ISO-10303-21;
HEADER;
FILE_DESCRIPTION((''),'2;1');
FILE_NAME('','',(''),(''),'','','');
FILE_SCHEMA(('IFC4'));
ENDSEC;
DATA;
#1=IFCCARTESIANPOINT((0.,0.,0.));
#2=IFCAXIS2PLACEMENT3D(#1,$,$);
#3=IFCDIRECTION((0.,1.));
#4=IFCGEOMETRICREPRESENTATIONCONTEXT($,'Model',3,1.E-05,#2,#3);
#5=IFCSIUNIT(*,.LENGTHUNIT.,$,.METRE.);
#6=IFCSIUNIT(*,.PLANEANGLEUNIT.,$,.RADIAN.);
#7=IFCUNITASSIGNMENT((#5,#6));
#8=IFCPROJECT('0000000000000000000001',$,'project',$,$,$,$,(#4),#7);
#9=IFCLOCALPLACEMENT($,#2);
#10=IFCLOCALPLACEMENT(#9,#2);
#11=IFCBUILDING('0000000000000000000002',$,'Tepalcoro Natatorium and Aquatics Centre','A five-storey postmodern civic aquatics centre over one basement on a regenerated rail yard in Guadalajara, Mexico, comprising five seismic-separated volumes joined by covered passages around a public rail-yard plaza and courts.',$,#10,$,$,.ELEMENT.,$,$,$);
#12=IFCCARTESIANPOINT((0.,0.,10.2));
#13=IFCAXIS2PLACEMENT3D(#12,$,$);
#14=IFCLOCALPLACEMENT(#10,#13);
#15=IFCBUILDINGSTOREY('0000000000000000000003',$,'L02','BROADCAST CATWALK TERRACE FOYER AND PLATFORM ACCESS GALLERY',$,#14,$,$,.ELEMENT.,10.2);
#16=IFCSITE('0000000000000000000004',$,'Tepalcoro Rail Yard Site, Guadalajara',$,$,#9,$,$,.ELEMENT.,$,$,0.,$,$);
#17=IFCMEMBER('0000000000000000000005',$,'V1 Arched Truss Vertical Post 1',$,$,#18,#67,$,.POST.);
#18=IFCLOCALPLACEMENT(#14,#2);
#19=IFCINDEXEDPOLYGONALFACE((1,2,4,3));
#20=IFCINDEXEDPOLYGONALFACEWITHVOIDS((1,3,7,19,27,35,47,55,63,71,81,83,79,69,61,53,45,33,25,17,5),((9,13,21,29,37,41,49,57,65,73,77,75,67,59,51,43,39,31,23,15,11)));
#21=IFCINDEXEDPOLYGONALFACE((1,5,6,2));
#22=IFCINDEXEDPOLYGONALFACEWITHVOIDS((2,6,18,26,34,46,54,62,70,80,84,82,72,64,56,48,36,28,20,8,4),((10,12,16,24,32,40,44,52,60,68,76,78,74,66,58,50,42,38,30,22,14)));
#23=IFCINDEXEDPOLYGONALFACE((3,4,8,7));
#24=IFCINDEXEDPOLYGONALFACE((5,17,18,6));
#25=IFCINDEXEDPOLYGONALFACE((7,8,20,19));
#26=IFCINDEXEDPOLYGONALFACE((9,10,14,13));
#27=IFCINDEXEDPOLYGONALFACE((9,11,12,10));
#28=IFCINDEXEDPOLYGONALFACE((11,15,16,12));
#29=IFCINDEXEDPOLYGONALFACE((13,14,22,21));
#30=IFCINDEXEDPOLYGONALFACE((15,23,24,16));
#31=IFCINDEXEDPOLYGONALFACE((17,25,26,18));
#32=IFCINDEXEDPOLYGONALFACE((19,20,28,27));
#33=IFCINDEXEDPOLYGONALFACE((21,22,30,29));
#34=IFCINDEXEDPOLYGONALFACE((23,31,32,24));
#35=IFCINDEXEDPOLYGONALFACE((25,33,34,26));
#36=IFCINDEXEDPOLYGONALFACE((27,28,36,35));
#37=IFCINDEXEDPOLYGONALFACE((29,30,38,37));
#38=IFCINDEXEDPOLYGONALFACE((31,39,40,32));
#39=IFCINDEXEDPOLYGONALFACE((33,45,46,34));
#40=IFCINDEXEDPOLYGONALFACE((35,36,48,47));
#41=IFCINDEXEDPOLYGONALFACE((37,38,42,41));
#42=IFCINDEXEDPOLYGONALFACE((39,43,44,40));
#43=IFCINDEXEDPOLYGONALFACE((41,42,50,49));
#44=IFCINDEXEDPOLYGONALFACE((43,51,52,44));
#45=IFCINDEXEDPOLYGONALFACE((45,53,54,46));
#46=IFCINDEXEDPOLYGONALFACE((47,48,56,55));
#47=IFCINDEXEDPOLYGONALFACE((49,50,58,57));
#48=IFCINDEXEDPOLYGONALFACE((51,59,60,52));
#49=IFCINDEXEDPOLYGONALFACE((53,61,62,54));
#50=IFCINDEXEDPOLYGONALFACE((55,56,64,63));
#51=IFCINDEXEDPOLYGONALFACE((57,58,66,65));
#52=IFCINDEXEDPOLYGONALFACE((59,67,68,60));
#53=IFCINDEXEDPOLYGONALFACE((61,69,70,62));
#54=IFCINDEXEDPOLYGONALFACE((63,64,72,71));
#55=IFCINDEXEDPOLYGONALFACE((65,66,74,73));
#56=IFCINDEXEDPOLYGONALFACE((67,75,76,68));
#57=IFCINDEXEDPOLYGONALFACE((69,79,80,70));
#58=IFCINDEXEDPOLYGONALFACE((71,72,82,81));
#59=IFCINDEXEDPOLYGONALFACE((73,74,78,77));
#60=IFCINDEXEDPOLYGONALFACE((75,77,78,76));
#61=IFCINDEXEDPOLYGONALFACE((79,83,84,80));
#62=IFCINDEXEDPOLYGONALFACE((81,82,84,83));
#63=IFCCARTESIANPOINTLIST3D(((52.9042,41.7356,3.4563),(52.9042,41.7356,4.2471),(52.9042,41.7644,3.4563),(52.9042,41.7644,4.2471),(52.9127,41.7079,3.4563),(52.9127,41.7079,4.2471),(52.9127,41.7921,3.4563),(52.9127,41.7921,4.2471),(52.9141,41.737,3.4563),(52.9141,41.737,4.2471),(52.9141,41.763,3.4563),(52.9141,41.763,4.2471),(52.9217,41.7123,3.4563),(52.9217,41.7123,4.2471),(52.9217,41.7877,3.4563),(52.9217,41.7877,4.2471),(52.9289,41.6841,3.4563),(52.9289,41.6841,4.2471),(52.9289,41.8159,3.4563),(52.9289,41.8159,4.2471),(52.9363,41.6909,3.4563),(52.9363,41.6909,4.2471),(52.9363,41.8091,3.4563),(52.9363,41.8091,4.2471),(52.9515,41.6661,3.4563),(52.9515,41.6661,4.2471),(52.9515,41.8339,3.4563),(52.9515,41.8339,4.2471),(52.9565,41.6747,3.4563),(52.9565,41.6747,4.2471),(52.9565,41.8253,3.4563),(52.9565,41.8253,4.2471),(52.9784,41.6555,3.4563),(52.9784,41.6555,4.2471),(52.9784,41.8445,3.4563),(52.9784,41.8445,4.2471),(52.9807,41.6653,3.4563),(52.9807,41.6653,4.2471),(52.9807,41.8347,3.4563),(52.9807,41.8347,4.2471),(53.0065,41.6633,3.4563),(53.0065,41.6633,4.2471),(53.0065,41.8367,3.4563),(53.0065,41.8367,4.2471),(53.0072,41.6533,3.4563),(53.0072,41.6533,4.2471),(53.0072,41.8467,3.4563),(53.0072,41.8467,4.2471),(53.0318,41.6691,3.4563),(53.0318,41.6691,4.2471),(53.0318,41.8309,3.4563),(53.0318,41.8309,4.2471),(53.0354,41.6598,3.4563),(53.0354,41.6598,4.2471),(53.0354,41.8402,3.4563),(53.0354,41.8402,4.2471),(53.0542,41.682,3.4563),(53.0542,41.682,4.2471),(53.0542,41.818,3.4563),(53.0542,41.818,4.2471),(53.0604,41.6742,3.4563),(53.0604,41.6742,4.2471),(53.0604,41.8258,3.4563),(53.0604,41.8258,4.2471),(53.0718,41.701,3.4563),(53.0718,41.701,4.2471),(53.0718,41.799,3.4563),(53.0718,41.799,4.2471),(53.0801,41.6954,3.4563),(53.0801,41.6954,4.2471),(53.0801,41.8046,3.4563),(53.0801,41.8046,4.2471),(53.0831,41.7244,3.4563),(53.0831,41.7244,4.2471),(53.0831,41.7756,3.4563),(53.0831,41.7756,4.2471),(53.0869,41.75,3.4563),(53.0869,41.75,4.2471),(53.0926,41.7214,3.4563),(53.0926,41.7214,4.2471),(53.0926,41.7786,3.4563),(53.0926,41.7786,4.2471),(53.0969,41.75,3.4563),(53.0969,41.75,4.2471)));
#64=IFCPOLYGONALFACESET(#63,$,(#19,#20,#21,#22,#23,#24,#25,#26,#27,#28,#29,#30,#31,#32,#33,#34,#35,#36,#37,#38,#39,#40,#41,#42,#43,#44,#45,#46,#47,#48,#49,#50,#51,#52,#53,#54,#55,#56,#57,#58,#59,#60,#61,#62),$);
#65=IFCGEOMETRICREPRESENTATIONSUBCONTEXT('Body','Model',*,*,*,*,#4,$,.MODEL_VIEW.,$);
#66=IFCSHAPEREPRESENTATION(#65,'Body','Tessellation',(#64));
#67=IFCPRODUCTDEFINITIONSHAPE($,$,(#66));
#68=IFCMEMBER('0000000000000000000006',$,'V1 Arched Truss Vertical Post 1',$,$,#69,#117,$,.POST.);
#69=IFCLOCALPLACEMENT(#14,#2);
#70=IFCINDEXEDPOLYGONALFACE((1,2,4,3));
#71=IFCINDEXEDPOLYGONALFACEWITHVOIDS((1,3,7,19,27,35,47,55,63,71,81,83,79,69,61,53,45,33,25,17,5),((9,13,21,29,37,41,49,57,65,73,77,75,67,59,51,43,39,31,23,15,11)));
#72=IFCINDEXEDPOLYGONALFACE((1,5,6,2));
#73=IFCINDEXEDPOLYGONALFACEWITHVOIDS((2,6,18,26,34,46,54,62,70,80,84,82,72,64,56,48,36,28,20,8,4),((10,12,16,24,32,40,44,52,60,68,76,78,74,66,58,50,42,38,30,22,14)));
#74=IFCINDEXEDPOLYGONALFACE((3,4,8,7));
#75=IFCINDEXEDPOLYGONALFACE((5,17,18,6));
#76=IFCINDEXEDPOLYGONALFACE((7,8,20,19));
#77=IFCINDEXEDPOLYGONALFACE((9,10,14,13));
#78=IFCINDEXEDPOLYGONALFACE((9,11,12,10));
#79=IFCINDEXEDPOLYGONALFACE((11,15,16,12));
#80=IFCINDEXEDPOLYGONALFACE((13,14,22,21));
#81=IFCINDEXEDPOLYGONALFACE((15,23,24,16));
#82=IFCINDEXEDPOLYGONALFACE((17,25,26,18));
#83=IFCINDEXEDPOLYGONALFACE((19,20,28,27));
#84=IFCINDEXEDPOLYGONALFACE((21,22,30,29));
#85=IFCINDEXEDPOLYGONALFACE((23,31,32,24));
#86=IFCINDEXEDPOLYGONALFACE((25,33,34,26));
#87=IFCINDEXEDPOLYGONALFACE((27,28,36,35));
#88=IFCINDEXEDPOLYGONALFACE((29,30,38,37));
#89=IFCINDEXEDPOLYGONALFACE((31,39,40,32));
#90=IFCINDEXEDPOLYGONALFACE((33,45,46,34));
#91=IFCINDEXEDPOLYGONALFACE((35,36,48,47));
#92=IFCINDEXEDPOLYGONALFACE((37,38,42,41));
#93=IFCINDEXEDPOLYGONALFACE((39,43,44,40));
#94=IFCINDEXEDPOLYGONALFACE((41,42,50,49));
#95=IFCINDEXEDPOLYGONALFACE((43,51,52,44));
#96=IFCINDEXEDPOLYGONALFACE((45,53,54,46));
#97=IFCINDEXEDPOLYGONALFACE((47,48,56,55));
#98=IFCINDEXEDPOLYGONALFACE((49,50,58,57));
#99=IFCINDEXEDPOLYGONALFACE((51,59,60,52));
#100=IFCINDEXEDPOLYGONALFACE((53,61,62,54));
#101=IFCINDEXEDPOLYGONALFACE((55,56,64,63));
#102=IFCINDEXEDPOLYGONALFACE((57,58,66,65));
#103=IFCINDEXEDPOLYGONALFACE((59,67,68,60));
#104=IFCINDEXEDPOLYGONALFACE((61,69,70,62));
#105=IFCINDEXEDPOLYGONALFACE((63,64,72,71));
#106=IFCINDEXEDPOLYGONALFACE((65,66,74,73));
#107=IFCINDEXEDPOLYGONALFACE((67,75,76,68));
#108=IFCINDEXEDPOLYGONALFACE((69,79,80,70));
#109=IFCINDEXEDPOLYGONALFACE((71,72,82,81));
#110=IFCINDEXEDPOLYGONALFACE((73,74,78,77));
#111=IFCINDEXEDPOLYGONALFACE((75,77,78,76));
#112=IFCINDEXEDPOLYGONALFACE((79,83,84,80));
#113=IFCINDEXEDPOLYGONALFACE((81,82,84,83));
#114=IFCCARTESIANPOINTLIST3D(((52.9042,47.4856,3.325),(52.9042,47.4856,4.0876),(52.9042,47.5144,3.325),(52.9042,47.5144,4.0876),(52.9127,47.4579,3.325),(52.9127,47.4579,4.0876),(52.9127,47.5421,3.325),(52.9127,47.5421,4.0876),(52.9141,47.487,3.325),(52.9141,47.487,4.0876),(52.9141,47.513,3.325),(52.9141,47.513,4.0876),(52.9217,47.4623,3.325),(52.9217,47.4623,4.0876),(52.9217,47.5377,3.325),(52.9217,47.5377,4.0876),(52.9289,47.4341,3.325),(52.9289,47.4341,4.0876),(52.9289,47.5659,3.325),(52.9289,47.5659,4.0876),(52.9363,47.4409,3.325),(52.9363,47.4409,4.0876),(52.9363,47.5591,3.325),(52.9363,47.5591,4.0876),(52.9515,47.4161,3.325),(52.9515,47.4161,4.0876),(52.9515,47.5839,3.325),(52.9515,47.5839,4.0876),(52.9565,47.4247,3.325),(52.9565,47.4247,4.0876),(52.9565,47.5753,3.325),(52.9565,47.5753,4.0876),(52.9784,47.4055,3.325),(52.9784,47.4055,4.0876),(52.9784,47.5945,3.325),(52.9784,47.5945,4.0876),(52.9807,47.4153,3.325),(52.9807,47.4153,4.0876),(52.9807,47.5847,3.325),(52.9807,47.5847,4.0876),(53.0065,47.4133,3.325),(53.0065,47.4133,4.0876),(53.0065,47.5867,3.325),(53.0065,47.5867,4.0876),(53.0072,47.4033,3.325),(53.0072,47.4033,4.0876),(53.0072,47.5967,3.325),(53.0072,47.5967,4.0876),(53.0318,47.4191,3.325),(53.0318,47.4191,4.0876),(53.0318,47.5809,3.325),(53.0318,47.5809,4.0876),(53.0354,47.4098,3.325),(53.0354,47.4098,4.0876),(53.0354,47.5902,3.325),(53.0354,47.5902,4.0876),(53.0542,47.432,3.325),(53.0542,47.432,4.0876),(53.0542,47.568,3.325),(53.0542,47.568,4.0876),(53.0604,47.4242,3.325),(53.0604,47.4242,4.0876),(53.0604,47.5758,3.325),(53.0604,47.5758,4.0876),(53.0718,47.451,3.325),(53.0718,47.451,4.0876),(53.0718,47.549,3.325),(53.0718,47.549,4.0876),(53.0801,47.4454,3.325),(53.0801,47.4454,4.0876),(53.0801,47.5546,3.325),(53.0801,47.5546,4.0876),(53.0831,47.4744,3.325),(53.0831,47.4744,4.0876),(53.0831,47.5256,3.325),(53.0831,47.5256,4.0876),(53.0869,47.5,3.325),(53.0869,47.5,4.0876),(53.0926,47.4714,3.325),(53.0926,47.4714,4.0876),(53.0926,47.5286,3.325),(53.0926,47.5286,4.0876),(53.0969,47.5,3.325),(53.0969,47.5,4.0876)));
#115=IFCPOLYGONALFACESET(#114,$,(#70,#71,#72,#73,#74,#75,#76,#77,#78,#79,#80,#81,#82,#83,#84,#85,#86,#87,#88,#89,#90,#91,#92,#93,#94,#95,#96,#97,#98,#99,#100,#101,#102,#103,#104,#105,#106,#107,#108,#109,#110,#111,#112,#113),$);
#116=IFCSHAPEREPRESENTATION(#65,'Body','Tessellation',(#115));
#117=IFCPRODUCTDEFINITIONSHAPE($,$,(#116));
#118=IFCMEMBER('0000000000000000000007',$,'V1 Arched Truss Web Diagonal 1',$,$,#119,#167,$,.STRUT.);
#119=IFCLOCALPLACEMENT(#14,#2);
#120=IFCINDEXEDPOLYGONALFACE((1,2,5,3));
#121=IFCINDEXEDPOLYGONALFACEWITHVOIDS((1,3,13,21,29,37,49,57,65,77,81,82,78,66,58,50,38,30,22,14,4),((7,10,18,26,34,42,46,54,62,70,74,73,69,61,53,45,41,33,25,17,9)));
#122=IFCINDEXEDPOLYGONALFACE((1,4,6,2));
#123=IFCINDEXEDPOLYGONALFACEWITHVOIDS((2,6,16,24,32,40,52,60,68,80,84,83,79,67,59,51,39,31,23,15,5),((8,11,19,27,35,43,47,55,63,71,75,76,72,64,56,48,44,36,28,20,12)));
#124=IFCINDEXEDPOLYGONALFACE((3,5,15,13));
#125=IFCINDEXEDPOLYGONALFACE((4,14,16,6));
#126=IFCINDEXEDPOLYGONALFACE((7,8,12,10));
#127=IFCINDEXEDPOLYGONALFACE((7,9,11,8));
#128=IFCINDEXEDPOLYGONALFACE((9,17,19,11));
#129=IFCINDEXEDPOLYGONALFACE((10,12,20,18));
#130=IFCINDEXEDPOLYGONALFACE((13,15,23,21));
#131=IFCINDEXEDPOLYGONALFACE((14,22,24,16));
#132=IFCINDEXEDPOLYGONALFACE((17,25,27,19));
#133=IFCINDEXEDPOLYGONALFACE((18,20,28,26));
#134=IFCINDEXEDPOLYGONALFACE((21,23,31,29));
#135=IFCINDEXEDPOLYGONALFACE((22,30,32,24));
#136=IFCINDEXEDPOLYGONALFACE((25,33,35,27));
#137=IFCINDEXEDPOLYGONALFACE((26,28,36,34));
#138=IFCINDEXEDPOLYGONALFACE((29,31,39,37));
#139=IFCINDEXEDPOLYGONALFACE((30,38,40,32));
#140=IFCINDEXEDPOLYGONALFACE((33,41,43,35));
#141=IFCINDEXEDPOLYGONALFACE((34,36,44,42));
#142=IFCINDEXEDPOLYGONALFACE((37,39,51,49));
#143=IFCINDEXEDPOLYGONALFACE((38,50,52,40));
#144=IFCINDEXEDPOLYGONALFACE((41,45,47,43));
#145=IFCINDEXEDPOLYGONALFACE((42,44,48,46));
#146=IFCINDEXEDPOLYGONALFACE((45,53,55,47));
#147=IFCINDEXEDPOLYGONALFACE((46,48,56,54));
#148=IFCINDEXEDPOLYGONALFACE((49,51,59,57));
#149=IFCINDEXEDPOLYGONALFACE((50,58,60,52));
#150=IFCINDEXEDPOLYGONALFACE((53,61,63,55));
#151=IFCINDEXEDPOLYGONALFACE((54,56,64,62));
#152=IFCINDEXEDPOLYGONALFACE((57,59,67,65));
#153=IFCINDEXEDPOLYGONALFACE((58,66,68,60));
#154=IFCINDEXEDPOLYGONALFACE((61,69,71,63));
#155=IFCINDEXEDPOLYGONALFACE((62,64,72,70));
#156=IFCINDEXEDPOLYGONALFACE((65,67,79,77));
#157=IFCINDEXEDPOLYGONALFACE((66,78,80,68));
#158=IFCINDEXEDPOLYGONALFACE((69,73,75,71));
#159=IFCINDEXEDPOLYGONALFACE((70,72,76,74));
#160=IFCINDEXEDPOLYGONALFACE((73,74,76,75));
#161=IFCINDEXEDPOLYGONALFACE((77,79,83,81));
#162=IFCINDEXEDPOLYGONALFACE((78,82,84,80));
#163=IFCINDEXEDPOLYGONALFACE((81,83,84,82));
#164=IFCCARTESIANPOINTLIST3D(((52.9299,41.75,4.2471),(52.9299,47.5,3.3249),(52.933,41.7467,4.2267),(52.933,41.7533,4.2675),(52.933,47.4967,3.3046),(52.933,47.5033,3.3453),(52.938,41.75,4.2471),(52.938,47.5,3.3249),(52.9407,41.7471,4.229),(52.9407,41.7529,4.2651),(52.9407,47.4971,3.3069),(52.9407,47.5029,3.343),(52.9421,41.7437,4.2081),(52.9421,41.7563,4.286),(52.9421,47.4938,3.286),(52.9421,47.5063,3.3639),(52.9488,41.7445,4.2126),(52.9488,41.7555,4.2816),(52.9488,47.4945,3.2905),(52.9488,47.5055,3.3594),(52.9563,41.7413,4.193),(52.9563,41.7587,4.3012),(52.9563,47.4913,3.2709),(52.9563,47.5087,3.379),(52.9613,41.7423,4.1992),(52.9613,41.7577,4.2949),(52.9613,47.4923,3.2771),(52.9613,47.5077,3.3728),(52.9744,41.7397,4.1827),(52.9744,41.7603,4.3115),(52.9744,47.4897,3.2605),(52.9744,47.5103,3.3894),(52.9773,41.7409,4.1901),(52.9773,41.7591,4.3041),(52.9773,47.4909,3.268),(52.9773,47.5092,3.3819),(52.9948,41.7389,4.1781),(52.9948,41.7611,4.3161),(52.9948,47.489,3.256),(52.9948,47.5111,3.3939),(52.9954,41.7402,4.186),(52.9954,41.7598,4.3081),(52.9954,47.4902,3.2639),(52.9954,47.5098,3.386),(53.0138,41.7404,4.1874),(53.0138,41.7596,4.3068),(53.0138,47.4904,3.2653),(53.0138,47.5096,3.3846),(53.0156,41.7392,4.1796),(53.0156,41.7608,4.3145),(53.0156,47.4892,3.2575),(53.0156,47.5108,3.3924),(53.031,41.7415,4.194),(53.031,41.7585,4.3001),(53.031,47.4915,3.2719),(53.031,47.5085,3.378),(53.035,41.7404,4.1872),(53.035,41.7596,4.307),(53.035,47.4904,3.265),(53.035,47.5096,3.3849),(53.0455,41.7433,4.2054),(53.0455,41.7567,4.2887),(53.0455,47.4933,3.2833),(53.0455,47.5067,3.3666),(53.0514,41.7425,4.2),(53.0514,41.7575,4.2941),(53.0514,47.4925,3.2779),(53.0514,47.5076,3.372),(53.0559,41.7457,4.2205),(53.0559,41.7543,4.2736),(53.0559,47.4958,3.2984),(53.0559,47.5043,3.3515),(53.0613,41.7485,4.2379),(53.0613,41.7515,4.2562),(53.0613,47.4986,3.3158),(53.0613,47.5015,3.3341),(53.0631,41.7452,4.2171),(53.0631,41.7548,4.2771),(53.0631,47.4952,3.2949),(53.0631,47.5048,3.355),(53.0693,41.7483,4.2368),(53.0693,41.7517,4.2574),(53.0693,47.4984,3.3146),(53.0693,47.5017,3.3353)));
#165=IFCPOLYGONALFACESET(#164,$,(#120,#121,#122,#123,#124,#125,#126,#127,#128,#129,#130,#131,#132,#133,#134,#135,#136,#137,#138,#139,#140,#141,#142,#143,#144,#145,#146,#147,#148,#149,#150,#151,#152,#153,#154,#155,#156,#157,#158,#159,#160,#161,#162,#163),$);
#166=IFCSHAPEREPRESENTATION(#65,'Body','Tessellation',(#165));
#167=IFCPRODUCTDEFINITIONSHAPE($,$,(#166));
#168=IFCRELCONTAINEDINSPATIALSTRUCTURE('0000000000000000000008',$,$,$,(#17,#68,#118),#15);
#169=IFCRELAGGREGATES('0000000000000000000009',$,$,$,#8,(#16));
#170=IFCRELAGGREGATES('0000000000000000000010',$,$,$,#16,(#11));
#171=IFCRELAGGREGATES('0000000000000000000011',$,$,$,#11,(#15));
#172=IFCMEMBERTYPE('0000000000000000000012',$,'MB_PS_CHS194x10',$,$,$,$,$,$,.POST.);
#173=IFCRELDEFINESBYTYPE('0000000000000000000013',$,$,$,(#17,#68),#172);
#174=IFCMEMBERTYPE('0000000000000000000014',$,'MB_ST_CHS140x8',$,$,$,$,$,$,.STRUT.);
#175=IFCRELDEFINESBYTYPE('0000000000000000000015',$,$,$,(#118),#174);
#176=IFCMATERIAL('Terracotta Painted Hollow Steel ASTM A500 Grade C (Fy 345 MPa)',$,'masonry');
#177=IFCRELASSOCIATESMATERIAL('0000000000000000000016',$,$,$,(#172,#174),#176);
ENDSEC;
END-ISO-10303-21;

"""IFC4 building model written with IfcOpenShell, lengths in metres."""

from ifc_helpers import new_model, si_unit, direction, frame, origin, origin_2d, place, context, subcontext, project, spatial, hollow_circle, extrude, material, material_profile, profile_set, type_object, element, save


model = new_model("IFC4")

# Units and contexts
model_context = context("Model", 3, precision=1e-05, world=origin(), true_north=direction((0.0, 1.0)))
body_context = subcontext(model_context, "Body", "Model", "MODEL_VIEW")
ifc_project = project(units=[si_unit("LENGTHUNIT", "METRE"), si_unit("PLANEANGLEUNIT", "RADIAN")], contexts=[model_context])

# Site, building, storey
site_placement = place(None, origin())
site = spatial("IfcSite", under=ifc_project, at=site_placement, Name="Tepalcoro Rail Yard Site, Guadalajara", CompositionType="ELEMENT", RefElevation=0.0)
building_placement = place(site_placement, origin())
building = spatial("IfcBuilding", under=site, at=building_placement, Name="Tepalcoro Natatorium and Aquatics Centre", Description="A five-storey postmodern civic aquatics centre over one basement on a regenerated rail yard in Guadalajara, Mexico, comprising five seismic-separated volumes joined by covered passages around a public rail-yard plaza and courts.", CompositionType="ELEMENT")
storey_placement = place(building_placement, frame((0.0, 0.0, 10.2)))
storey = spatial("IfcBuildingStorey", under=building, at=storey_placement, Name="L02", Description="BROADCAST CATWALK TERRACE FOYER AND PLATFORM ACCESS GALLERY", CompositionType="ELEMENT", Elevation=10.2)

# Shared definitions
ifc_material_1 = material(Name="Terracotta Painted Hollow Steel ASTM A500 Grade C (Fy 345 MPa)", Category="masonry")

# Members
ifc_material_profile_1 = material_profile(ifc_material_1, hollow_circle(Radius=0.0969, WallThickness=0.01, at=origin_2d()), Name="CHS194X10")
ifc_profile_set_1 = profile_set([ifc_material_profile_1], Name="Terracotta Painted Hollow Steel ASTM A500 Grade C (Fy 345 MPa)")
member_type_1 = type_object("IfcMemberType", Name="MB_PS_CHS194x10", PredefinedType="POST", material=ifc_profile_set_1)
member_1_placement = place(storey_placement, frame((53.0, 41.75, 3.4563), z_axis=(0.0, 0.0, 1.0), x_axis=(1.0, 0.0, 0.0)))
element("IfcMember", 1, at=member_1_placement, inside=storey, type_object=member_type_1, Name="V1 Arched Truss Vertical Post 1", PredefinedType="POST", context=body_context, shape_type="SweptSolid", body=[
    extrude(hollow_circle(Radius=0.0969, WallThickness=0.01, at=origin_2d()), origin(), (0.0, 0.0, 1.0), 0.7908),
])
member_2_placement = place(storey_placement, frame((53.0, 47.5, 3.325), z_axis=(0.0, 0.0, 1.0), x_axis=(1.0, 0.0, 0.0)))
element("IfcMember", 2, at=member_2_placement, inside=storey, type_object=member_type_1, Name="V1 Arched Truss Vertical Post 1", PredefinedType="POST", context=body_context, shape_type="SweptSolid", body=[
    extrude(hollow_circle(Radius=0.0969, WallThickness=0.01, at=origin_2d()), origin(), (0.0, 0.0, 1.0), 0.7627),
])
ifc_material_profile_2 = material_profile(ifc_material_1, hollow_circle(Radius=0.0701, WallThickness=0.0081, at=origin_2d()), Name="CHS140X8")
ifc_profile_set_2 = profile_set([ifc_material_profile_2], Name="Terracotta Painted Hollow Steel ASTM A500 Grade C (Fy 345 MPa)")
member_type_2 = type_object("IfcMemberType", Name="MB_ST_CHS140x8", PredefinedType="STRUT", material=ifc_profile_set_2)
member_3_placement = place(storey_placement, frame((53.0, 41.75, 4.2471), z_axis=(0.0, 0.987384, -0.158345), x_axis=(-1.0, 0.0, 0.0)))
element("IfcMember", 3, at=member_3_placement, inside=storey, type_object=member_type_2, Name="V1 Arched Truss Web Diagonal 1", PredefinedType="STRUT", context=body_context, shape_type="SweptSolid", body=[
    extrude(hollow_circle(Radius=0.0701, WallThickness=0.0081, at=origin_2d()), origin(), (0.0, 0.0, 1.0), 5.8235),
])

save(model, "model.ifc")
